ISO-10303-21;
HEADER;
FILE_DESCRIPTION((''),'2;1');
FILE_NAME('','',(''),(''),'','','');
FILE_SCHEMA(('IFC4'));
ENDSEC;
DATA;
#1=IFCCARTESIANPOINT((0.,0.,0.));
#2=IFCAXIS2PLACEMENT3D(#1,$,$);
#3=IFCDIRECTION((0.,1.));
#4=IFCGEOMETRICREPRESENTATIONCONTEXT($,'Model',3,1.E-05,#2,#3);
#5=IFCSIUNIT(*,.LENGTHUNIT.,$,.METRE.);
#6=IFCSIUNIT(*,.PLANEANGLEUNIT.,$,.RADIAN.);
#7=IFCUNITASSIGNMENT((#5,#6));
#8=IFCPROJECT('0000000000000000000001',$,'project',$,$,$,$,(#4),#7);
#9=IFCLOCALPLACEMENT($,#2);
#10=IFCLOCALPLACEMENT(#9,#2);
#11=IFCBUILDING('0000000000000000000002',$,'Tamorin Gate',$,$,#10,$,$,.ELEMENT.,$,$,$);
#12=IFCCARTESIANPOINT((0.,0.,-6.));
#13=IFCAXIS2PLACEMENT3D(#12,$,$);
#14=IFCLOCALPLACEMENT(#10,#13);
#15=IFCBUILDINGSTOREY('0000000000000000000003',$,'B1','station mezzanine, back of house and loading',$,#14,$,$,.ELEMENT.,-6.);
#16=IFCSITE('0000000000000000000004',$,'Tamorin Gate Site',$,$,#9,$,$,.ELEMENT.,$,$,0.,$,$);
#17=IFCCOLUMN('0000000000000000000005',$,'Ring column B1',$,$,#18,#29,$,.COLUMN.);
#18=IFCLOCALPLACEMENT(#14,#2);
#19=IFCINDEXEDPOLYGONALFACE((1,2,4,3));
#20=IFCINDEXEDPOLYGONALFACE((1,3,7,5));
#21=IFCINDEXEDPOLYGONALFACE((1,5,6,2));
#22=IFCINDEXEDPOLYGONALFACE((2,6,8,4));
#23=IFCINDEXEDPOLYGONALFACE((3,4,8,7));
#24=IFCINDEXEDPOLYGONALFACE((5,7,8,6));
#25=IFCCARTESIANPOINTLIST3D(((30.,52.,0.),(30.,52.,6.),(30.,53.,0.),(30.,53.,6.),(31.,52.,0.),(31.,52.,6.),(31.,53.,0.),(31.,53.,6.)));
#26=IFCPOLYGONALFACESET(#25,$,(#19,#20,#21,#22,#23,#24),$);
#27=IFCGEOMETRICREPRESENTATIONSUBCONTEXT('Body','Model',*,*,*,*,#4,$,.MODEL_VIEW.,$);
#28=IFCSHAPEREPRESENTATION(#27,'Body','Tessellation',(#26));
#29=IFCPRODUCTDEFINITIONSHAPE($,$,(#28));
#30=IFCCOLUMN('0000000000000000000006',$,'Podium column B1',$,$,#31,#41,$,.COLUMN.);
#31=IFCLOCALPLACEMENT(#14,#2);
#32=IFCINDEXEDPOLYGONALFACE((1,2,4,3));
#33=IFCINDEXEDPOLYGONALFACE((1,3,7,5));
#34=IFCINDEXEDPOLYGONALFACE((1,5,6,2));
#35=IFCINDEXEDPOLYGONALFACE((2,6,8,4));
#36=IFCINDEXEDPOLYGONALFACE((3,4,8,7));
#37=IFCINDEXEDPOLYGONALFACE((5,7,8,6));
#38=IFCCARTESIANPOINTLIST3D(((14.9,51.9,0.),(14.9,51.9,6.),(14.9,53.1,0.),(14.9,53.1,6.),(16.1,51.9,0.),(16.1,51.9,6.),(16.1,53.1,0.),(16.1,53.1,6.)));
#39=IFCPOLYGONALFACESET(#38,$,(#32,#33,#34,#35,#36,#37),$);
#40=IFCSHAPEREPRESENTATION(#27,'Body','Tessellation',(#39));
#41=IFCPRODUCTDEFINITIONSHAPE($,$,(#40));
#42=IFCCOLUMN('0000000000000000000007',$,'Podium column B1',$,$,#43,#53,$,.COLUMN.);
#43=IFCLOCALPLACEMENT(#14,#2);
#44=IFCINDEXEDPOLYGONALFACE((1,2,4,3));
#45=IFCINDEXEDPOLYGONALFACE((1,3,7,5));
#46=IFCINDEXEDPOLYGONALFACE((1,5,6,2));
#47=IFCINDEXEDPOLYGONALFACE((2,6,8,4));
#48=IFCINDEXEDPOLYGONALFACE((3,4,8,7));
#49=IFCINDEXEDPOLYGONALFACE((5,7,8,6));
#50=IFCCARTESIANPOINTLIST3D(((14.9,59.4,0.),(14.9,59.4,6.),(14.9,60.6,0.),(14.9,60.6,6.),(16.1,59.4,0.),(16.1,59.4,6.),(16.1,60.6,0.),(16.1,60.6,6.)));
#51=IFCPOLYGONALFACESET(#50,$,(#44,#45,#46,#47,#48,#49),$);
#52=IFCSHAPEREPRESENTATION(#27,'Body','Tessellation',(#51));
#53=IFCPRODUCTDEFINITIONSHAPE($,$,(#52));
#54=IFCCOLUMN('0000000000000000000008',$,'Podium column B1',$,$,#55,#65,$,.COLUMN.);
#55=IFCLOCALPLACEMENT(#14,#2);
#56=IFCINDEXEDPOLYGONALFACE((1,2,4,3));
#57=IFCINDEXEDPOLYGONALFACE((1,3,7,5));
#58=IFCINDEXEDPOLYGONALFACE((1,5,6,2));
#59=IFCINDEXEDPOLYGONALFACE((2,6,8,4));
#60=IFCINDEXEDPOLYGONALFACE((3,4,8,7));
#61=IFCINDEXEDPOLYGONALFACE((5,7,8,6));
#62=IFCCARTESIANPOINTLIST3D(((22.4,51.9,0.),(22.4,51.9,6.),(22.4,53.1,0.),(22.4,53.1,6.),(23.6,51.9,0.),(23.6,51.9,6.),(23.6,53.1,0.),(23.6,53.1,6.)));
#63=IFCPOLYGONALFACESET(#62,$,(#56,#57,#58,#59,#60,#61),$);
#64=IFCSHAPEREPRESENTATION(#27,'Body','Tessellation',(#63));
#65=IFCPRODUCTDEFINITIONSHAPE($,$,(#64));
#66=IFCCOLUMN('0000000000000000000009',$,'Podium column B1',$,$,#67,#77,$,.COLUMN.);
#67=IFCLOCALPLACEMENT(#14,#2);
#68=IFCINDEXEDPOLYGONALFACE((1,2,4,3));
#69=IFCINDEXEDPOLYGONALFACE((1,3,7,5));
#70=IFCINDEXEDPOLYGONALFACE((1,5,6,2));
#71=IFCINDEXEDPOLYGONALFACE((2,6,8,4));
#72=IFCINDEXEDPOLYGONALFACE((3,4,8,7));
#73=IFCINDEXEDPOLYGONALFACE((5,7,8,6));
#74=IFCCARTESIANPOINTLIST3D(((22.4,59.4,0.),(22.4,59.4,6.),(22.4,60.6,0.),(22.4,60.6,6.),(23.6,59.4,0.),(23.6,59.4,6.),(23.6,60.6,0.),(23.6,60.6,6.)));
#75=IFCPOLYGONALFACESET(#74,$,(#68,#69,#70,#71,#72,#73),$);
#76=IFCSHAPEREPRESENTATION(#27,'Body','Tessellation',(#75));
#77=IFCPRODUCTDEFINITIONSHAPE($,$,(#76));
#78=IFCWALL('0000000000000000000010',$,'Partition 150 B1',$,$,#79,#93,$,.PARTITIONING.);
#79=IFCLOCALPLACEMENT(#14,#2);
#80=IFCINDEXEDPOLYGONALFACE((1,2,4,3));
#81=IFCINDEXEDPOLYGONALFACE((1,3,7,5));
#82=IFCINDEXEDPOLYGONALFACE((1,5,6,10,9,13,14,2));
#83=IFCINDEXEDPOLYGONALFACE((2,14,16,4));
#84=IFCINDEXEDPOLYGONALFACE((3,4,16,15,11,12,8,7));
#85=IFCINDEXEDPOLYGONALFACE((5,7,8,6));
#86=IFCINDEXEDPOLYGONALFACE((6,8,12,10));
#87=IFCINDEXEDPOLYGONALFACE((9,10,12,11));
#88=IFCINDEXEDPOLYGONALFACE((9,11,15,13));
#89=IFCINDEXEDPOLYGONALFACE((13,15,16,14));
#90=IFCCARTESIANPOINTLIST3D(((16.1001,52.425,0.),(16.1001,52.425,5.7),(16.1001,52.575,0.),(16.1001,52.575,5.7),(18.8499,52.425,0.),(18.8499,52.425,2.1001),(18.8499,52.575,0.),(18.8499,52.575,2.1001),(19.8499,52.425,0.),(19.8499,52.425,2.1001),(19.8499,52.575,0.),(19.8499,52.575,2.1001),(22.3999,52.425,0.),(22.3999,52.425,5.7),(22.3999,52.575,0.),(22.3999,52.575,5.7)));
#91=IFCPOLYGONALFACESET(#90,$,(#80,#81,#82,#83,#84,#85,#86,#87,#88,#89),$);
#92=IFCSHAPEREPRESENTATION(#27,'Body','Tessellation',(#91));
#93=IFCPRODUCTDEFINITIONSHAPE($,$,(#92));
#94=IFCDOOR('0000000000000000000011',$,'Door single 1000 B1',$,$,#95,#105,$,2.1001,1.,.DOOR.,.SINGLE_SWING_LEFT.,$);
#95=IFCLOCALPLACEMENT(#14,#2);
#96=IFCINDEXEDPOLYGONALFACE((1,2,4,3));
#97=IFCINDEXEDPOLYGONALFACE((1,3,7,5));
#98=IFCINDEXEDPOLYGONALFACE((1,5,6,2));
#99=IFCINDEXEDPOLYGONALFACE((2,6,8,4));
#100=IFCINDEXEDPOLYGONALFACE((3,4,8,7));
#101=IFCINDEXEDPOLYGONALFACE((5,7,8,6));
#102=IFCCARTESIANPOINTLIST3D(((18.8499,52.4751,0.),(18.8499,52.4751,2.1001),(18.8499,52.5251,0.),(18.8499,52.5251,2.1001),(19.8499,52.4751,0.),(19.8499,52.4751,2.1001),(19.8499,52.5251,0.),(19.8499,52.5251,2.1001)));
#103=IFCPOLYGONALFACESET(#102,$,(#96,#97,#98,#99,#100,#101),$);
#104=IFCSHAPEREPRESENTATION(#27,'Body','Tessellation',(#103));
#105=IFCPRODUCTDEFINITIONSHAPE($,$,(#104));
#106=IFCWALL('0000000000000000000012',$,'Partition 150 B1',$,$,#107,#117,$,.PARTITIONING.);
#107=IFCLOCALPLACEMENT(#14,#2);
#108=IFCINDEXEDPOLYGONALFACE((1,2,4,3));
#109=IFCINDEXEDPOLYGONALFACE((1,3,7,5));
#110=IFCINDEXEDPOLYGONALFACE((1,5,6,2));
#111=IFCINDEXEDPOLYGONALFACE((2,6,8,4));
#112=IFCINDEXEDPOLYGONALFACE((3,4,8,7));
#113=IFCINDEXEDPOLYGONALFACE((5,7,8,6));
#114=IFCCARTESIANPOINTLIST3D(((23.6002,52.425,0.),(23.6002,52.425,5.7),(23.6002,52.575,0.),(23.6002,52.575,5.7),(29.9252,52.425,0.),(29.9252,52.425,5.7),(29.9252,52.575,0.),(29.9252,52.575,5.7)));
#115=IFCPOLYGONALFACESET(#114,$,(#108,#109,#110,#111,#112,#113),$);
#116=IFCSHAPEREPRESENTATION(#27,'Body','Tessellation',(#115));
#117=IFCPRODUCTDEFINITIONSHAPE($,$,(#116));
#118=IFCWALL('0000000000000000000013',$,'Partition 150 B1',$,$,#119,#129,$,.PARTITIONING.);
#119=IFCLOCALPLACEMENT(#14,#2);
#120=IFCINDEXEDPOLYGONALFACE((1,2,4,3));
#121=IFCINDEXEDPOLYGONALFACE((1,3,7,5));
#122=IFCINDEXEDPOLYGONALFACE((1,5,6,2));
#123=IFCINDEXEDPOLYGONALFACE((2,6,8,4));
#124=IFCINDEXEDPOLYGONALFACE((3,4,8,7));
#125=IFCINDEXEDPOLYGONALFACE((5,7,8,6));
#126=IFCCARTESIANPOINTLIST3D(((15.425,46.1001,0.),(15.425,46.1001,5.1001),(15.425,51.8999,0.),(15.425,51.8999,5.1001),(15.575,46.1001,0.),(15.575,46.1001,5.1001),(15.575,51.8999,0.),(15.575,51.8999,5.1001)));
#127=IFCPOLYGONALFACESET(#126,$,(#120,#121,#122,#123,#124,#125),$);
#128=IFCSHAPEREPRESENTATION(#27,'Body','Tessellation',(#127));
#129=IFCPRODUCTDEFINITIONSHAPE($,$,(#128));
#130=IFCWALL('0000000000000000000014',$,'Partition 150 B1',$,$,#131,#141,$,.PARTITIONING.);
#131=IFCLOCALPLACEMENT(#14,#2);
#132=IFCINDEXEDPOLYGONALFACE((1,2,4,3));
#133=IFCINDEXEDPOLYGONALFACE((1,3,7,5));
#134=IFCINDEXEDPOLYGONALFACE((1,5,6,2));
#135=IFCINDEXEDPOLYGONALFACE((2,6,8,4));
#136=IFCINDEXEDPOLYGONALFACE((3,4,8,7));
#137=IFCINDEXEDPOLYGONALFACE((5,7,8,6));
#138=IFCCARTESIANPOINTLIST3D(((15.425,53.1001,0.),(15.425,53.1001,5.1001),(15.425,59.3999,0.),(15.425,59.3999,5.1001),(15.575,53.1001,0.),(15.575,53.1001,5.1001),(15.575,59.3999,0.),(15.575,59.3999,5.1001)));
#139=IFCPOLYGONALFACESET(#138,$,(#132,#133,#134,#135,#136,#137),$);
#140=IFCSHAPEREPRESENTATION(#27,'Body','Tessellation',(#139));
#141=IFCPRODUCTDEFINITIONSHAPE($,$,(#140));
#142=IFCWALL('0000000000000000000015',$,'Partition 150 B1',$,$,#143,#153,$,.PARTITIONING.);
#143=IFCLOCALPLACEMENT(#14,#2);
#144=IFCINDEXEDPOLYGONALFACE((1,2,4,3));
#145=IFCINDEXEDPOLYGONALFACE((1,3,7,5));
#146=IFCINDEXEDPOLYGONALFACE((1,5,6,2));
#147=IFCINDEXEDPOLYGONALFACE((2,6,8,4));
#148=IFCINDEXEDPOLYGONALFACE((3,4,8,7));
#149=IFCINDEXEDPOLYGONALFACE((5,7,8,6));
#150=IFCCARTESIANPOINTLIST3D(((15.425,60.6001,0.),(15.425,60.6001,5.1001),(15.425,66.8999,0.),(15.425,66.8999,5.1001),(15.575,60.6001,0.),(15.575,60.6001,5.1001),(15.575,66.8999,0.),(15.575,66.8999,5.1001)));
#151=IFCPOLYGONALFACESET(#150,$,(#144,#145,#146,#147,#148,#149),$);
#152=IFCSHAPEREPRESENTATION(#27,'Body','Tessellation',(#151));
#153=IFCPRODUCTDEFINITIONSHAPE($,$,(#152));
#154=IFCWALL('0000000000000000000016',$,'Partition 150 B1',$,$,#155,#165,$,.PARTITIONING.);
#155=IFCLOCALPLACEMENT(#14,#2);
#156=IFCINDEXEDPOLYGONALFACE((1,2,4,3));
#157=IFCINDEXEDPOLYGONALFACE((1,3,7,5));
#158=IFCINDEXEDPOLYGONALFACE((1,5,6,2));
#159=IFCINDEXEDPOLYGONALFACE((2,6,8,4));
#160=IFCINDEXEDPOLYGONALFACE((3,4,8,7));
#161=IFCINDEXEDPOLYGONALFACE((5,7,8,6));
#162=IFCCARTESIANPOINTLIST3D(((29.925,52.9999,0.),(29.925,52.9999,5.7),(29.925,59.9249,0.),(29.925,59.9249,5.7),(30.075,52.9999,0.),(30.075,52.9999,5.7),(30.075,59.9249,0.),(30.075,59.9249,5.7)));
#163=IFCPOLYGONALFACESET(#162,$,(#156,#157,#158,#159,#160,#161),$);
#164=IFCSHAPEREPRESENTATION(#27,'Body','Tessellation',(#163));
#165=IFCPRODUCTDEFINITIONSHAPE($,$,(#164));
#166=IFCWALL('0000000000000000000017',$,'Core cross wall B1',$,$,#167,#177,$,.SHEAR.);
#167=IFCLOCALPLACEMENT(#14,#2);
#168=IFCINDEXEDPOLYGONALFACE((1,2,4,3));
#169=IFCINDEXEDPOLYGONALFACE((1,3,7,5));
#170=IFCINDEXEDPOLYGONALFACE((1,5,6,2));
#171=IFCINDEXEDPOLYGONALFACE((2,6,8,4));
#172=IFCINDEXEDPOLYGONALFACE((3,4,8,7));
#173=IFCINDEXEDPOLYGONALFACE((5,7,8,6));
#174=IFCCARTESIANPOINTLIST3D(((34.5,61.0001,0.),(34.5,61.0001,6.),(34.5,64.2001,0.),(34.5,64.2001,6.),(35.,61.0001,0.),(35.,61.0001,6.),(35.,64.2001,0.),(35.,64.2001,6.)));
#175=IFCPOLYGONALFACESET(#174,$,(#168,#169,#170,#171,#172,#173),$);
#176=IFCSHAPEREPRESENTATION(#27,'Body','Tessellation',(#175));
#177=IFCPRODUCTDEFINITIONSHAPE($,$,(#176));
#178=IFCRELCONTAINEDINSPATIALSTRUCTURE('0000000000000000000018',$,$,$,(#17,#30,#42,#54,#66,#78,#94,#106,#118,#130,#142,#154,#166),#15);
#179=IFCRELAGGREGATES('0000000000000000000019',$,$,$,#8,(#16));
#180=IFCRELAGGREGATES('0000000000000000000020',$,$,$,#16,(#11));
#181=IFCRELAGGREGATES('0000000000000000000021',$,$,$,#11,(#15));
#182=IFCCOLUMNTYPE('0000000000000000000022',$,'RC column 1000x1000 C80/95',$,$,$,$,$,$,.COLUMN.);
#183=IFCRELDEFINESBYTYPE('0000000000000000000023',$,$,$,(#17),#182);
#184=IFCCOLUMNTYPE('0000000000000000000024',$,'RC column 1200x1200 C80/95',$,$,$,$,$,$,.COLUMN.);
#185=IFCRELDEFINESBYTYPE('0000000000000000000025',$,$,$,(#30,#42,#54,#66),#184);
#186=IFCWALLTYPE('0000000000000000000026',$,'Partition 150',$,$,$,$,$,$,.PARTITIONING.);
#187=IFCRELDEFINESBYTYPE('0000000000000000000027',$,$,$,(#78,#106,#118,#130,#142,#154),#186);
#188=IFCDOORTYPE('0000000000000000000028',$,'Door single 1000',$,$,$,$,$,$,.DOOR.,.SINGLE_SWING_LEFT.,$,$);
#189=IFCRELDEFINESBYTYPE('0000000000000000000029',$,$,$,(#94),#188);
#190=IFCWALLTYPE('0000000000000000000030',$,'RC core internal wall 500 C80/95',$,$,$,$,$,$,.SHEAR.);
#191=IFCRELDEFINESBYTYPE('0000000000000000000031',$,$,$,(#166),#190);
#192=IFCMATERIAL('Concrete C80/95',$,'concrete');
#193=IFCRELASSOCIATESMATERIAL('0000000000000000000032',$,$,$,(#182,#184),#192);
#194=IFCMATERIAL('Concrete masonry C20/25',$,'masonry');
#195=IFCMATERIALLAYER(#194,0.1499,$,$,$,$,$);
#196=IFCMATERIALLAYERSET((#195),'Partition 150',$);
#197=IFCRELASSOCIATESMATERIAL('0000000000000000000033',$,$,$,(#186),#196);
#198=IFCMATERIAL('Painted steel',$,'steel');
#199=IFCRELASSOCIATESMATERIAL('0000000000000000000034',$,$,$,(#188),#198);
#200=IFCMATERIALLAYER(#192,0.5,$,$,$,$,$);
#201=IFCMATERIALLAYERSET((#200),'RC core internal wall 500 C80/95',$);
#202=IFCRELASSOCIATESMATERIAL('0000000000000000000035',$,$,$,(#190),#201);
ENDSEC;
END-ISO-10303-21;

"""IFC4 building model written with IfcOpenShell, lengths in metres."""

from ifc_helpers import new_model, si_unit, direction, frame, frame_2d, origin, origin_2d, place, context, subcontext, project, spatial, rectangle, extrude, material, layer, layer_set, material_profile, profile_set, type_object, element, fill, save


model = new_model("IFC4")

# Units and contexts
model_context = context("Model", 3, precision=1e-05, world=origin(), true_north=direction((0.0, 1.0)))
body_context = subcontext(model_context, "Body", "Model", "MODEL_VIEW")
ifc_project = project(units=[si_unit("LENGTHUNIT", "METRE"), si_unit("PLANEANGLEUNIT", "RADIAN")], contexts=[model_context])

# Site, building, storey
site_placement = place(None, origin())
site = spatial("IfcSite", under=ifc_project, at=site_placement, Name="Tamorin Gate Site", CompositionType="ELEMENT", RefElevation=0.0)
building_placement = place(site_placement, origin())
building = spatial("IfcBuilding", under=site, at=building_placement, Name="Tamorin Gate", CompositionType="ELEMENT")
storey_placement = place(building_placement, frame((0.0, 0.0, -6.0)))
storey = spatial("IfcBuildingStorey", under=building, at=storey_placement, Name="B1", Description="station mezzanine, back of house and loading", CompositionType="ELEMENT", Elevation=-6.0)

# Columns
ifc_material_1 = material(Name="Concrete C80/95", Category="concrete")
ifc_material_profile_1 = material_profile(ifc_material_1, rectangle(XDim=1.0, YDim=1.0, at=origin_2d()), Name="RC 1000x1000")
ifc_profile_set_1 = profile_set([ifc_material_profile_1], Name="Concrete C80/95")
column_type_1 = type_object("IfcColumnType", Name="RC column 1000x1000 C80/95", PredefinedType="COLUMN", material=ifc_profile_set_1)
column_placement = place(storey_placement, frame((30.5, 52.5, 0.0), z_axis=(0.0, 0.0, 1.0), x_axis=(1.0, 0.0, 0.0)))
element("IfcColumn", 1, at=column_placement, inside=storey, type_object=column_type_1, Name="Ring column B1", PredefinedType="COLUMN", context=body_context, shape_type="SweptSolid", body=[
    extrude(rectangle(XDim=1.0, YDim=1.0, at=origin_2d()), origin(), (0.0, 0.0, 1.0), 6.0),
])
ifc_material_profile_2 = material_profile(ifc_material_1, rectangle(XDim=1.2, YDim=1.2, at=origin_2d()), Name="RC 1200x1200")
ifc_profile_set_2 = profile_set([ifc_material_profile_2], Name="Concrete C80/95")
column_type_2 = type_object("IfcColumnType", Name="RC column 1200x1200 C80/95", PredefinedType="COLUMN", material=ifc_profile_set_2)
for number, where, z_axis, x_axis, name in (
    (2, (15.5, 52.5, 0.0), (0.0, 0.0, 1.0), (1.0, 0.0, 0.0), "Podium column B1"),
    (3, (15.5, 60.0, 0.0), (0.0, 0.0, 1.0), (1.0, 0.0, 0.0), "Podium column B1"),
    (4, (23.0, 52.5, 0.0), (0.0, 0.0, 1.0), (1.0, 0.0, 0.0), "Podium column B1"),
    (5, (23.0, 60.0, 0.0), (0.0, 0.0, 1.0), (1.0, 0.0, 0.0), "Podium column B1"),
):
    element("IfcColumn", number, at=place(storey_placement, frame(where, z_axis=z_axis, x_axis=x_axis)), inside=storey, type_object=column_type_2, Name=name, PredefinedType="COLUMN", context=body_context, shape_type="SweptSolid", body=[
        extrude(rectangle(XDim=1.2, YDim=1.2, at=origin_2d()), origin(), (0.0, 0.0, 1.0), 6.0),
    ])

# Wall, opening, door
ifc_material_2 = material(Name="Concrete masonry C20/25", Category="masonry")
ifc_layer_1 = layer(ifc_material_2, 0.1499)
ifc_layer_set_1 = layer_set([ifc_layer_1], Name="Partition 150")
wall_type_1 = type_object("IfcWallType", Name="Partition 150", PredefinedType="PARTITIONING", material=ifc_layer_set_1)
wall_1_placement = place(storey_placement, frame((22.3999, 52.5, 0.0), z_axis=(0.0, 0.0, 1.0), x_axis=(-1.0, 0.0, 0.0)))
wall_1 = element("IfcWall", 6, at=wall_1_placement, inside=storey, type_object=wall_type_1, Name="Partition 150 B1", PredefinedType="PARTITIONING", context=body_context, shape_type="SweptSolid", body=[
    extrude(rectangle(XDim=6.2998, YDim=0.1499, at=frame_2d((3.1499, 0.0))), origin(), (0.0, 0.0, 1.0), 5.7),
])
opening_1_placement = place(wall_1_placement, frame((2.55, 0.0, 0.0)))
opening_1 = element("IfcOpeningElement", 7, at=opening_1_placement, cuts=wall_1, PredefinedType="OPENING", context=body_context, shape_type="SweptSolid", body=[
    extrude(rectangle(XDim=1.0, YDim=2.1001, at=frame_2d((0.5, 1.05))), frame((0.0, 0.085, 0.0), z_axis=(0.0, -1.0, 0.0), x_axis=(1.0, 0.0, 0.0)), (0.0, 0.0, 1.0), 0.1699),
])
ifc_material_3 = material(Name="Painted steel", Category="steel")
door_type_1 = type_object("IfcDoorType", Name="Door single 1000", OperationType="SINGLE_SWING_LEFT", PredefinedType="DOOR", material=ifc_material_3)
door_1_placement = place(opening_1_placement, origin())
door_1 = element("IfcDoor", 8, at=door_1_placement, inside=storey, type_object=door_type_1, Name="Door single 1000 B1", OperationType="SINGLE_SWING_LEFT", OverallHeight=2.1001, OverallWidth=1.0, PredefinedType="DOOR", context=body_context, shape_type="SweptSolid", body=[
    extrude(rectangle(XDim=1.0, YDim=2.1001, at=frame_2d((0.5, 1.05))), frame((0.0, 0.0249, 0.0), z_axis=(0.0, -1.0, 0.0), x_axis=(1.0, 0.0, 0.0)), (0.0, 0.0, 1.0), 0.05),
])
fill(opening_1, door_1)

# Walls
wall_2_placement = place(storey_placement, frame((23.6001, 52.5, 0.0), z_axis=(0.0, 0.0, 1.0), x_axis=(1.0, 0.0, 0.0)))
element("IfcWall", 9, at=wall_2_placement, inside=storey, type_object=wall_type_1, Name="Partition 150 B1", PredefinedType="PARTITIONING", context=body_context, shape_type="SweptSolid", body=[
    extrude(rectangle(XDim=6.325, YDim=0.1499, at=frame_2d((3.1626, 0.0))), origin(), (0.0, 0.0, 1.0), 5.7),
])
wall_3_placement = place(storey_placement, frame((15.5, 46.1001, 0.0), z_axis=(0.0, 0.0, 1.0), x_axis=(0.0, 1.0, 0.0)))
element("IfcWall", 10, at=wall_3_placement, inside=storey, type_object=wall_type_1, Name="Partition 150 B1", PredefinedType="PARTITIONING", context=body_context, shape_type="SweptSolid", body=[
    extrude(rectangle(XDim=5.7998, YDim=0.1499, at=frame_2d((2.8999, 0.0))), origin(), (0.0, 0.0, 1.0), 5.1001),
])
for number, where, z_axis, x_axis, name in (
    (11, (15.5, 53.1001, 0.0), (0.0, 0.0, 1.0), (0.0, 1.0, 0.0), "Partition 150 B1"),
    (12, (15.5, 60.6001, 0.0), (0.0, 0.0, 1.0), (0.0, 1.0, 0.0), "Partition 150 B1"),
):
    element("IfcWall", number, at=place(storey_placement, frame(where, z_axis=z_axis, x_axis=x_axis)), inside=storey, type_object=wall_type_1, Name=name, PredefinedType="PARTITIONING", context=body_context, shape_type="SweptSolid", body=[
        extrude(rectangle(XDim=6.2998, YDim=0.1499, at=frame_2d((3.1499, 0.0))), origin(), (0.0, 0.0, 1.0), 5.1001),
    ])
wall_4_placement = place(storey_placement, frame((30.0, 53.0, 0.0), z_axis=(0.0, 0.0, 1.0), x_axis=(0.0, 1.0, 0.0)))
element("IfcWall", 13, at=wall_4_placement, inside=storey, type_object=wall_type_1, Name="Partition 150 B1", PredefinedType="PARTITIONING", context=body_context, shape_type="SweptSolid", body=[
    extrude(rectangle(XDim=6.925, YDim=0.1499, at=frame_2d((3.4624, 0.0))), origin(), (0.0, 0.0, 1.0), 5.7),
])
ifc_layer_2 = layer(ifc_material_1, 0.5)
ifc_layer_set_2 = layer_set([ifc_layer_2], Name="RC core internal wall 500 C80/95")
wall_type_2 = type_object("IfcWallType", Name="RC core internal wall 500 C80/95", PredefinedType="SHEAR", material=ifc_layer_set_2)
wall_5_placement = place(storey_placement, frame((34.75, 61.0, 0.0), z_axis=(0.0, 0.0, 1.0), x_axis=(0.0, 1.0, 0.0)))
element("IfcWall", 14, at=wall_5_placement, inside=storey, type_object=wall_type_2, Name="Core cross wall B1", PredefinedType="SHEAR", context=body_context, shape_type="SweptSolid", body=[
    extrude(rectangle(XDim=3.2, YDim=0.5, at=frame_2d((1.6001, 0.0))), origin(), (0.0, 0.0, 1.0), 6.0),
])

save(model, "model.ifc")
